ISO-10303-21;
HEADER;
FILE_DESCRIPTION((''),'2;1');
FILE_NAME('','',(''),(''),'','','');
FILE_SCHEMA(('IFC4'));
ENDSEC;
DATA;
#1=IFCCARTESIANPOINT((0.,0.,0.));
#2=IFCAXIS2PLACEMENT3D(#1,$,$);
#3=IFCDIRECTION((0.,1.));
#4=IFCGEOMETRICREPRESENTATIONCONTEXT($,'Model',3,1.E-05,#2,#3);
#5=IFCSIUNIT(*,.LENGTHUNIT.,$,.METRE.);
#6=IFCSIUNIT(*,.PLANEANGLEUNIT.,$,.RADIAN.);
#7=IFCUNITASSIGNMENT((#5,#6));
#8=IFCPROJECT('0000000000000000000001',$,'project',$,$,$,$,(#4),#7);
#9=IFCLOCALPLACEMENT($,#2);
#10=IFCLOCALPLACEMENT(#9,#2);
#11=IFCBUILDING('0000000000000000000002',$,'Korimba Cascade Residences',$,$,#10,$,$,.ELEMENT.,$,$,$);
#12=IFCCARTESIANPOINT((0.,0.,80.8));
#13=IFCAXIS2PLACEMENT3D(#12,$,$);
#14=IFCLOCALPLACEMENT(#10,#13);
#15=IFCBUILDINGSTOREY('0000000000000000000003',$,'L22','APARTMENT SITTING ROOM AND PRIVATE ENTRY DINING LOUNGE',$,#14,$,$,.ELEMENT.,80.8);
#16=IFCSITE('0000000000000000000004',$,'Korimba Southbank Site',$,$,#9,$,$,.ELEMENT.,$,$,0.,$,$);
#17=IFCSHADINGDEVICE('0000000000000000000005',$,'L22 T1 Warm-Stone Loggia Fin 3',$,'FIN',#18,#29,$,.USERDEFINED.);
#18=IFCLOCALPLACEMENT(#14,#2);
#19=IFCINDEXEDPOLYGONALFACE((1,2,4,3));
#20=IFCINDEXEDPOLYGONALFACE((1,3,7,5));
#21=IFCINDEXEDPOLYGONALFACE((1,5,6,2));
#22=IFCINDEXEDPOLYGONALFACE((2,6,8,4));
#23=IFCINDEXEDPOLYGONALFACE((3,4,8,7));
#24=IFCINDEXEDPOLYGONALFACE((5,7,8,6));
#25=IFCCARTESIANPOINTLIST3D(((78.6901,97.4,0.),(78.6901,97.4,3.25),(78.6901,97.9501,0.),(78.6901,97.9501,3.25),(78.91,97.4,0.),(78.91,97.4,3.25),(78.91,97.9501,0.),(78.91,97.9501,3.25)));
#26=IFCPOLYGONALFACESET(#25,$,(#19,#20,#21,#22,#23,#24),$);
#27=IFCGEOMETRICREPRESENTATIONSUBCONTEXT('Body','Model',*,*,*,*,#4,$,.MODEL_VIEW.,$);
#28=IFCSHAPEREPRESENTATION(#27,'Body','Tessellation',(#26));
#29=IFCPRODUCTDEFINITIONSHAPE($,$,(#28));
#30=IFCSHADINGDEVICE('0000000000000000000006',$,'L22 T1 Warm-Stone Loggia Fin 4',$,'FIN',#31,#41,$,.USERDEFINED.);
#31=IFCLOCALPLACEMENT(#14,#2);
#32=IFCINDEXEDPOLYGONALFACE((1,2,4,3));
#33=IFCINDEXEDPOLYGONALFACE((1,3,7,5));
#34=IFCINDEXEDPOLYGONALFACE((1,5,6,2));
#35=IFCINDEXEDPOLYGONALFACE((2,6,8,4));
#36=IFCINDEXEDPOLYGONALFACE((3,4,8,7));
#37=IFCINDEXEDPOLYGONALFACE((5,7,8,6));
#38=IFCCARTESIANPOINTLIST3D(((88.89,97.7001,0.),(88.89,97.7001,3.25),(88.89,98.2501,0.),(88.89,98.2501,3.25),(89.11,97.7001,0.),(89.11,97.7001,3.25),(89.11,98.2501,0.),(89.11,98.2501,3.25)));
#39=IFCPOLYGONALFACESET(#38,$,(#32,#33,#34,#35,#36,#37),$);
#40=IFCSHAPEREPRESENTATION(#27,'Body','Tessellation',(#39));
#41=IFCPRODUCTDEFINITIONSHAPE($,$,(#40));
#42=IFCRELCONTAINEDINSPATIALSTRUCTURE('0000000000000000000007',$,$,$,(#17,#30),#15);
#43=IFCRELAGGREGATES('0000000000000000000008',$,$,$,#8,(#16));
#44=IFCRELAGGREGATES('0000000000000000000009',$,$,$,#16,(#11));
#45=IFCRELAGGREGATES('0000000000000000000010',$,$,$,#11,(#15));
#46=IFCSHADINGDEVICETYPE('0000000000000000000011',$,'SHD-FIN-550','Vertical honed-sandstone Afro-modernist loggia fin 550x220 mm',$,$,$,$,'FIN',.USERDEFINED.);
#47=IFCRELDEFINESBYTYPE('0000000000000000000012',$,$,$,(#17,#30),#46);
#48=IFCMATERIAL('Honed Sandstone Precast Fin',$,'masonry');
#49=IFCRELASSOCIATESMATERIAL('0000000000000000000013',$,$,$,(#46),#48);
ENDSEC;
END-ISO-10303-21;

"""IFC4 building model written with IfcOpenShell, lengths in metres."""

from ifc_helpers import new_model, si_unit, direction, frame, origin, origin_2d, place, context, subcontext, project, spatial, rectangle, extrude, material, type_object, element, save


model = new_model("IFC4")

# Units and contexts
model_context = context("Model", 3, precision=1e-05, world=origin(), true_north=direction((0.0, 1.0)))
body_context = subcontext(model_context, "Body", "Model", "MODEL_VIEW")
ifc_project = project(units=[si_unit("LENGTHUNIT", "METRE"), si_unit("PLANEANGLEUNIT", "RADIAN")], contexts=[model_context])

# Site, building, storey
site_placement = place(None, origin())
site = spatial("IfcSite", under=ifc_project, at=site_placement, Name="Korimba Southbank Site", CompositionType="ELEMENT", RefElevation=0.0)
building_placement = place(site_placement, origin())
building = spatial("IfcBuilding", under=site, at=building_placement, Name="Korimba Cascade Residences", CompositionType="ELEMENT")
storey_placement = place(building_placement, frame((0.0, 0.0, 80.8)))
storey = spatial("IfcBuildingStorey", under=building, at=storey_placement, Name="L22", Description="APARTMENT SITTING ROOM AND PRIVATE ENTRY DINING LOUNGE", CompositionType="ELEMENT", Elevation=80.8)

# Shading devices
ifc_material_1 = material(Name="Honed Sandstone Precast Fin", Category="masonry")
shading_device_type = type_object("IfcShadingDeviceType", Name="SHD-FIN-550", Description="Vertical honed-sandstone Afro-modernist loggia fin 550x220 mm", ElementType="FIN", PredefinedType="USERDEFINED", material=ifc_material_1)
for number, where, z_axis, x_axis, name in (
    (1, (78.8, 97.675, 0.0), (0.0, 0.0, 1.0), (1.0, 0.0, 0.0), "L22 T1 Warm-Stone Loggia Fin 3"),
    (2, (89.0, 97.9751, 0.0), (0.0, 0.0, 1.0), (1.0, 0.0, 0.0), "L22 T1 Warm-Stone Loggia Fin 4"),
):
    element("IfcShadingDevice", number, at=place(storey_placement, frame(where, z_axis=z_axis, x_axis=x_axis)), inside=storey, type_object=shading_device_type, Name=name, ObjectType="FIN", PredefinedType="USERDEFINED", context=body_context, shape_type="SweptSolid", body=[
        extrude(rectangle(XDim=0.22, YDim=0.55, at=origin_2d()), origin(), (0.0, 0.0, 1.0), 3.25),
    ])

save(model, "model.ifc")
